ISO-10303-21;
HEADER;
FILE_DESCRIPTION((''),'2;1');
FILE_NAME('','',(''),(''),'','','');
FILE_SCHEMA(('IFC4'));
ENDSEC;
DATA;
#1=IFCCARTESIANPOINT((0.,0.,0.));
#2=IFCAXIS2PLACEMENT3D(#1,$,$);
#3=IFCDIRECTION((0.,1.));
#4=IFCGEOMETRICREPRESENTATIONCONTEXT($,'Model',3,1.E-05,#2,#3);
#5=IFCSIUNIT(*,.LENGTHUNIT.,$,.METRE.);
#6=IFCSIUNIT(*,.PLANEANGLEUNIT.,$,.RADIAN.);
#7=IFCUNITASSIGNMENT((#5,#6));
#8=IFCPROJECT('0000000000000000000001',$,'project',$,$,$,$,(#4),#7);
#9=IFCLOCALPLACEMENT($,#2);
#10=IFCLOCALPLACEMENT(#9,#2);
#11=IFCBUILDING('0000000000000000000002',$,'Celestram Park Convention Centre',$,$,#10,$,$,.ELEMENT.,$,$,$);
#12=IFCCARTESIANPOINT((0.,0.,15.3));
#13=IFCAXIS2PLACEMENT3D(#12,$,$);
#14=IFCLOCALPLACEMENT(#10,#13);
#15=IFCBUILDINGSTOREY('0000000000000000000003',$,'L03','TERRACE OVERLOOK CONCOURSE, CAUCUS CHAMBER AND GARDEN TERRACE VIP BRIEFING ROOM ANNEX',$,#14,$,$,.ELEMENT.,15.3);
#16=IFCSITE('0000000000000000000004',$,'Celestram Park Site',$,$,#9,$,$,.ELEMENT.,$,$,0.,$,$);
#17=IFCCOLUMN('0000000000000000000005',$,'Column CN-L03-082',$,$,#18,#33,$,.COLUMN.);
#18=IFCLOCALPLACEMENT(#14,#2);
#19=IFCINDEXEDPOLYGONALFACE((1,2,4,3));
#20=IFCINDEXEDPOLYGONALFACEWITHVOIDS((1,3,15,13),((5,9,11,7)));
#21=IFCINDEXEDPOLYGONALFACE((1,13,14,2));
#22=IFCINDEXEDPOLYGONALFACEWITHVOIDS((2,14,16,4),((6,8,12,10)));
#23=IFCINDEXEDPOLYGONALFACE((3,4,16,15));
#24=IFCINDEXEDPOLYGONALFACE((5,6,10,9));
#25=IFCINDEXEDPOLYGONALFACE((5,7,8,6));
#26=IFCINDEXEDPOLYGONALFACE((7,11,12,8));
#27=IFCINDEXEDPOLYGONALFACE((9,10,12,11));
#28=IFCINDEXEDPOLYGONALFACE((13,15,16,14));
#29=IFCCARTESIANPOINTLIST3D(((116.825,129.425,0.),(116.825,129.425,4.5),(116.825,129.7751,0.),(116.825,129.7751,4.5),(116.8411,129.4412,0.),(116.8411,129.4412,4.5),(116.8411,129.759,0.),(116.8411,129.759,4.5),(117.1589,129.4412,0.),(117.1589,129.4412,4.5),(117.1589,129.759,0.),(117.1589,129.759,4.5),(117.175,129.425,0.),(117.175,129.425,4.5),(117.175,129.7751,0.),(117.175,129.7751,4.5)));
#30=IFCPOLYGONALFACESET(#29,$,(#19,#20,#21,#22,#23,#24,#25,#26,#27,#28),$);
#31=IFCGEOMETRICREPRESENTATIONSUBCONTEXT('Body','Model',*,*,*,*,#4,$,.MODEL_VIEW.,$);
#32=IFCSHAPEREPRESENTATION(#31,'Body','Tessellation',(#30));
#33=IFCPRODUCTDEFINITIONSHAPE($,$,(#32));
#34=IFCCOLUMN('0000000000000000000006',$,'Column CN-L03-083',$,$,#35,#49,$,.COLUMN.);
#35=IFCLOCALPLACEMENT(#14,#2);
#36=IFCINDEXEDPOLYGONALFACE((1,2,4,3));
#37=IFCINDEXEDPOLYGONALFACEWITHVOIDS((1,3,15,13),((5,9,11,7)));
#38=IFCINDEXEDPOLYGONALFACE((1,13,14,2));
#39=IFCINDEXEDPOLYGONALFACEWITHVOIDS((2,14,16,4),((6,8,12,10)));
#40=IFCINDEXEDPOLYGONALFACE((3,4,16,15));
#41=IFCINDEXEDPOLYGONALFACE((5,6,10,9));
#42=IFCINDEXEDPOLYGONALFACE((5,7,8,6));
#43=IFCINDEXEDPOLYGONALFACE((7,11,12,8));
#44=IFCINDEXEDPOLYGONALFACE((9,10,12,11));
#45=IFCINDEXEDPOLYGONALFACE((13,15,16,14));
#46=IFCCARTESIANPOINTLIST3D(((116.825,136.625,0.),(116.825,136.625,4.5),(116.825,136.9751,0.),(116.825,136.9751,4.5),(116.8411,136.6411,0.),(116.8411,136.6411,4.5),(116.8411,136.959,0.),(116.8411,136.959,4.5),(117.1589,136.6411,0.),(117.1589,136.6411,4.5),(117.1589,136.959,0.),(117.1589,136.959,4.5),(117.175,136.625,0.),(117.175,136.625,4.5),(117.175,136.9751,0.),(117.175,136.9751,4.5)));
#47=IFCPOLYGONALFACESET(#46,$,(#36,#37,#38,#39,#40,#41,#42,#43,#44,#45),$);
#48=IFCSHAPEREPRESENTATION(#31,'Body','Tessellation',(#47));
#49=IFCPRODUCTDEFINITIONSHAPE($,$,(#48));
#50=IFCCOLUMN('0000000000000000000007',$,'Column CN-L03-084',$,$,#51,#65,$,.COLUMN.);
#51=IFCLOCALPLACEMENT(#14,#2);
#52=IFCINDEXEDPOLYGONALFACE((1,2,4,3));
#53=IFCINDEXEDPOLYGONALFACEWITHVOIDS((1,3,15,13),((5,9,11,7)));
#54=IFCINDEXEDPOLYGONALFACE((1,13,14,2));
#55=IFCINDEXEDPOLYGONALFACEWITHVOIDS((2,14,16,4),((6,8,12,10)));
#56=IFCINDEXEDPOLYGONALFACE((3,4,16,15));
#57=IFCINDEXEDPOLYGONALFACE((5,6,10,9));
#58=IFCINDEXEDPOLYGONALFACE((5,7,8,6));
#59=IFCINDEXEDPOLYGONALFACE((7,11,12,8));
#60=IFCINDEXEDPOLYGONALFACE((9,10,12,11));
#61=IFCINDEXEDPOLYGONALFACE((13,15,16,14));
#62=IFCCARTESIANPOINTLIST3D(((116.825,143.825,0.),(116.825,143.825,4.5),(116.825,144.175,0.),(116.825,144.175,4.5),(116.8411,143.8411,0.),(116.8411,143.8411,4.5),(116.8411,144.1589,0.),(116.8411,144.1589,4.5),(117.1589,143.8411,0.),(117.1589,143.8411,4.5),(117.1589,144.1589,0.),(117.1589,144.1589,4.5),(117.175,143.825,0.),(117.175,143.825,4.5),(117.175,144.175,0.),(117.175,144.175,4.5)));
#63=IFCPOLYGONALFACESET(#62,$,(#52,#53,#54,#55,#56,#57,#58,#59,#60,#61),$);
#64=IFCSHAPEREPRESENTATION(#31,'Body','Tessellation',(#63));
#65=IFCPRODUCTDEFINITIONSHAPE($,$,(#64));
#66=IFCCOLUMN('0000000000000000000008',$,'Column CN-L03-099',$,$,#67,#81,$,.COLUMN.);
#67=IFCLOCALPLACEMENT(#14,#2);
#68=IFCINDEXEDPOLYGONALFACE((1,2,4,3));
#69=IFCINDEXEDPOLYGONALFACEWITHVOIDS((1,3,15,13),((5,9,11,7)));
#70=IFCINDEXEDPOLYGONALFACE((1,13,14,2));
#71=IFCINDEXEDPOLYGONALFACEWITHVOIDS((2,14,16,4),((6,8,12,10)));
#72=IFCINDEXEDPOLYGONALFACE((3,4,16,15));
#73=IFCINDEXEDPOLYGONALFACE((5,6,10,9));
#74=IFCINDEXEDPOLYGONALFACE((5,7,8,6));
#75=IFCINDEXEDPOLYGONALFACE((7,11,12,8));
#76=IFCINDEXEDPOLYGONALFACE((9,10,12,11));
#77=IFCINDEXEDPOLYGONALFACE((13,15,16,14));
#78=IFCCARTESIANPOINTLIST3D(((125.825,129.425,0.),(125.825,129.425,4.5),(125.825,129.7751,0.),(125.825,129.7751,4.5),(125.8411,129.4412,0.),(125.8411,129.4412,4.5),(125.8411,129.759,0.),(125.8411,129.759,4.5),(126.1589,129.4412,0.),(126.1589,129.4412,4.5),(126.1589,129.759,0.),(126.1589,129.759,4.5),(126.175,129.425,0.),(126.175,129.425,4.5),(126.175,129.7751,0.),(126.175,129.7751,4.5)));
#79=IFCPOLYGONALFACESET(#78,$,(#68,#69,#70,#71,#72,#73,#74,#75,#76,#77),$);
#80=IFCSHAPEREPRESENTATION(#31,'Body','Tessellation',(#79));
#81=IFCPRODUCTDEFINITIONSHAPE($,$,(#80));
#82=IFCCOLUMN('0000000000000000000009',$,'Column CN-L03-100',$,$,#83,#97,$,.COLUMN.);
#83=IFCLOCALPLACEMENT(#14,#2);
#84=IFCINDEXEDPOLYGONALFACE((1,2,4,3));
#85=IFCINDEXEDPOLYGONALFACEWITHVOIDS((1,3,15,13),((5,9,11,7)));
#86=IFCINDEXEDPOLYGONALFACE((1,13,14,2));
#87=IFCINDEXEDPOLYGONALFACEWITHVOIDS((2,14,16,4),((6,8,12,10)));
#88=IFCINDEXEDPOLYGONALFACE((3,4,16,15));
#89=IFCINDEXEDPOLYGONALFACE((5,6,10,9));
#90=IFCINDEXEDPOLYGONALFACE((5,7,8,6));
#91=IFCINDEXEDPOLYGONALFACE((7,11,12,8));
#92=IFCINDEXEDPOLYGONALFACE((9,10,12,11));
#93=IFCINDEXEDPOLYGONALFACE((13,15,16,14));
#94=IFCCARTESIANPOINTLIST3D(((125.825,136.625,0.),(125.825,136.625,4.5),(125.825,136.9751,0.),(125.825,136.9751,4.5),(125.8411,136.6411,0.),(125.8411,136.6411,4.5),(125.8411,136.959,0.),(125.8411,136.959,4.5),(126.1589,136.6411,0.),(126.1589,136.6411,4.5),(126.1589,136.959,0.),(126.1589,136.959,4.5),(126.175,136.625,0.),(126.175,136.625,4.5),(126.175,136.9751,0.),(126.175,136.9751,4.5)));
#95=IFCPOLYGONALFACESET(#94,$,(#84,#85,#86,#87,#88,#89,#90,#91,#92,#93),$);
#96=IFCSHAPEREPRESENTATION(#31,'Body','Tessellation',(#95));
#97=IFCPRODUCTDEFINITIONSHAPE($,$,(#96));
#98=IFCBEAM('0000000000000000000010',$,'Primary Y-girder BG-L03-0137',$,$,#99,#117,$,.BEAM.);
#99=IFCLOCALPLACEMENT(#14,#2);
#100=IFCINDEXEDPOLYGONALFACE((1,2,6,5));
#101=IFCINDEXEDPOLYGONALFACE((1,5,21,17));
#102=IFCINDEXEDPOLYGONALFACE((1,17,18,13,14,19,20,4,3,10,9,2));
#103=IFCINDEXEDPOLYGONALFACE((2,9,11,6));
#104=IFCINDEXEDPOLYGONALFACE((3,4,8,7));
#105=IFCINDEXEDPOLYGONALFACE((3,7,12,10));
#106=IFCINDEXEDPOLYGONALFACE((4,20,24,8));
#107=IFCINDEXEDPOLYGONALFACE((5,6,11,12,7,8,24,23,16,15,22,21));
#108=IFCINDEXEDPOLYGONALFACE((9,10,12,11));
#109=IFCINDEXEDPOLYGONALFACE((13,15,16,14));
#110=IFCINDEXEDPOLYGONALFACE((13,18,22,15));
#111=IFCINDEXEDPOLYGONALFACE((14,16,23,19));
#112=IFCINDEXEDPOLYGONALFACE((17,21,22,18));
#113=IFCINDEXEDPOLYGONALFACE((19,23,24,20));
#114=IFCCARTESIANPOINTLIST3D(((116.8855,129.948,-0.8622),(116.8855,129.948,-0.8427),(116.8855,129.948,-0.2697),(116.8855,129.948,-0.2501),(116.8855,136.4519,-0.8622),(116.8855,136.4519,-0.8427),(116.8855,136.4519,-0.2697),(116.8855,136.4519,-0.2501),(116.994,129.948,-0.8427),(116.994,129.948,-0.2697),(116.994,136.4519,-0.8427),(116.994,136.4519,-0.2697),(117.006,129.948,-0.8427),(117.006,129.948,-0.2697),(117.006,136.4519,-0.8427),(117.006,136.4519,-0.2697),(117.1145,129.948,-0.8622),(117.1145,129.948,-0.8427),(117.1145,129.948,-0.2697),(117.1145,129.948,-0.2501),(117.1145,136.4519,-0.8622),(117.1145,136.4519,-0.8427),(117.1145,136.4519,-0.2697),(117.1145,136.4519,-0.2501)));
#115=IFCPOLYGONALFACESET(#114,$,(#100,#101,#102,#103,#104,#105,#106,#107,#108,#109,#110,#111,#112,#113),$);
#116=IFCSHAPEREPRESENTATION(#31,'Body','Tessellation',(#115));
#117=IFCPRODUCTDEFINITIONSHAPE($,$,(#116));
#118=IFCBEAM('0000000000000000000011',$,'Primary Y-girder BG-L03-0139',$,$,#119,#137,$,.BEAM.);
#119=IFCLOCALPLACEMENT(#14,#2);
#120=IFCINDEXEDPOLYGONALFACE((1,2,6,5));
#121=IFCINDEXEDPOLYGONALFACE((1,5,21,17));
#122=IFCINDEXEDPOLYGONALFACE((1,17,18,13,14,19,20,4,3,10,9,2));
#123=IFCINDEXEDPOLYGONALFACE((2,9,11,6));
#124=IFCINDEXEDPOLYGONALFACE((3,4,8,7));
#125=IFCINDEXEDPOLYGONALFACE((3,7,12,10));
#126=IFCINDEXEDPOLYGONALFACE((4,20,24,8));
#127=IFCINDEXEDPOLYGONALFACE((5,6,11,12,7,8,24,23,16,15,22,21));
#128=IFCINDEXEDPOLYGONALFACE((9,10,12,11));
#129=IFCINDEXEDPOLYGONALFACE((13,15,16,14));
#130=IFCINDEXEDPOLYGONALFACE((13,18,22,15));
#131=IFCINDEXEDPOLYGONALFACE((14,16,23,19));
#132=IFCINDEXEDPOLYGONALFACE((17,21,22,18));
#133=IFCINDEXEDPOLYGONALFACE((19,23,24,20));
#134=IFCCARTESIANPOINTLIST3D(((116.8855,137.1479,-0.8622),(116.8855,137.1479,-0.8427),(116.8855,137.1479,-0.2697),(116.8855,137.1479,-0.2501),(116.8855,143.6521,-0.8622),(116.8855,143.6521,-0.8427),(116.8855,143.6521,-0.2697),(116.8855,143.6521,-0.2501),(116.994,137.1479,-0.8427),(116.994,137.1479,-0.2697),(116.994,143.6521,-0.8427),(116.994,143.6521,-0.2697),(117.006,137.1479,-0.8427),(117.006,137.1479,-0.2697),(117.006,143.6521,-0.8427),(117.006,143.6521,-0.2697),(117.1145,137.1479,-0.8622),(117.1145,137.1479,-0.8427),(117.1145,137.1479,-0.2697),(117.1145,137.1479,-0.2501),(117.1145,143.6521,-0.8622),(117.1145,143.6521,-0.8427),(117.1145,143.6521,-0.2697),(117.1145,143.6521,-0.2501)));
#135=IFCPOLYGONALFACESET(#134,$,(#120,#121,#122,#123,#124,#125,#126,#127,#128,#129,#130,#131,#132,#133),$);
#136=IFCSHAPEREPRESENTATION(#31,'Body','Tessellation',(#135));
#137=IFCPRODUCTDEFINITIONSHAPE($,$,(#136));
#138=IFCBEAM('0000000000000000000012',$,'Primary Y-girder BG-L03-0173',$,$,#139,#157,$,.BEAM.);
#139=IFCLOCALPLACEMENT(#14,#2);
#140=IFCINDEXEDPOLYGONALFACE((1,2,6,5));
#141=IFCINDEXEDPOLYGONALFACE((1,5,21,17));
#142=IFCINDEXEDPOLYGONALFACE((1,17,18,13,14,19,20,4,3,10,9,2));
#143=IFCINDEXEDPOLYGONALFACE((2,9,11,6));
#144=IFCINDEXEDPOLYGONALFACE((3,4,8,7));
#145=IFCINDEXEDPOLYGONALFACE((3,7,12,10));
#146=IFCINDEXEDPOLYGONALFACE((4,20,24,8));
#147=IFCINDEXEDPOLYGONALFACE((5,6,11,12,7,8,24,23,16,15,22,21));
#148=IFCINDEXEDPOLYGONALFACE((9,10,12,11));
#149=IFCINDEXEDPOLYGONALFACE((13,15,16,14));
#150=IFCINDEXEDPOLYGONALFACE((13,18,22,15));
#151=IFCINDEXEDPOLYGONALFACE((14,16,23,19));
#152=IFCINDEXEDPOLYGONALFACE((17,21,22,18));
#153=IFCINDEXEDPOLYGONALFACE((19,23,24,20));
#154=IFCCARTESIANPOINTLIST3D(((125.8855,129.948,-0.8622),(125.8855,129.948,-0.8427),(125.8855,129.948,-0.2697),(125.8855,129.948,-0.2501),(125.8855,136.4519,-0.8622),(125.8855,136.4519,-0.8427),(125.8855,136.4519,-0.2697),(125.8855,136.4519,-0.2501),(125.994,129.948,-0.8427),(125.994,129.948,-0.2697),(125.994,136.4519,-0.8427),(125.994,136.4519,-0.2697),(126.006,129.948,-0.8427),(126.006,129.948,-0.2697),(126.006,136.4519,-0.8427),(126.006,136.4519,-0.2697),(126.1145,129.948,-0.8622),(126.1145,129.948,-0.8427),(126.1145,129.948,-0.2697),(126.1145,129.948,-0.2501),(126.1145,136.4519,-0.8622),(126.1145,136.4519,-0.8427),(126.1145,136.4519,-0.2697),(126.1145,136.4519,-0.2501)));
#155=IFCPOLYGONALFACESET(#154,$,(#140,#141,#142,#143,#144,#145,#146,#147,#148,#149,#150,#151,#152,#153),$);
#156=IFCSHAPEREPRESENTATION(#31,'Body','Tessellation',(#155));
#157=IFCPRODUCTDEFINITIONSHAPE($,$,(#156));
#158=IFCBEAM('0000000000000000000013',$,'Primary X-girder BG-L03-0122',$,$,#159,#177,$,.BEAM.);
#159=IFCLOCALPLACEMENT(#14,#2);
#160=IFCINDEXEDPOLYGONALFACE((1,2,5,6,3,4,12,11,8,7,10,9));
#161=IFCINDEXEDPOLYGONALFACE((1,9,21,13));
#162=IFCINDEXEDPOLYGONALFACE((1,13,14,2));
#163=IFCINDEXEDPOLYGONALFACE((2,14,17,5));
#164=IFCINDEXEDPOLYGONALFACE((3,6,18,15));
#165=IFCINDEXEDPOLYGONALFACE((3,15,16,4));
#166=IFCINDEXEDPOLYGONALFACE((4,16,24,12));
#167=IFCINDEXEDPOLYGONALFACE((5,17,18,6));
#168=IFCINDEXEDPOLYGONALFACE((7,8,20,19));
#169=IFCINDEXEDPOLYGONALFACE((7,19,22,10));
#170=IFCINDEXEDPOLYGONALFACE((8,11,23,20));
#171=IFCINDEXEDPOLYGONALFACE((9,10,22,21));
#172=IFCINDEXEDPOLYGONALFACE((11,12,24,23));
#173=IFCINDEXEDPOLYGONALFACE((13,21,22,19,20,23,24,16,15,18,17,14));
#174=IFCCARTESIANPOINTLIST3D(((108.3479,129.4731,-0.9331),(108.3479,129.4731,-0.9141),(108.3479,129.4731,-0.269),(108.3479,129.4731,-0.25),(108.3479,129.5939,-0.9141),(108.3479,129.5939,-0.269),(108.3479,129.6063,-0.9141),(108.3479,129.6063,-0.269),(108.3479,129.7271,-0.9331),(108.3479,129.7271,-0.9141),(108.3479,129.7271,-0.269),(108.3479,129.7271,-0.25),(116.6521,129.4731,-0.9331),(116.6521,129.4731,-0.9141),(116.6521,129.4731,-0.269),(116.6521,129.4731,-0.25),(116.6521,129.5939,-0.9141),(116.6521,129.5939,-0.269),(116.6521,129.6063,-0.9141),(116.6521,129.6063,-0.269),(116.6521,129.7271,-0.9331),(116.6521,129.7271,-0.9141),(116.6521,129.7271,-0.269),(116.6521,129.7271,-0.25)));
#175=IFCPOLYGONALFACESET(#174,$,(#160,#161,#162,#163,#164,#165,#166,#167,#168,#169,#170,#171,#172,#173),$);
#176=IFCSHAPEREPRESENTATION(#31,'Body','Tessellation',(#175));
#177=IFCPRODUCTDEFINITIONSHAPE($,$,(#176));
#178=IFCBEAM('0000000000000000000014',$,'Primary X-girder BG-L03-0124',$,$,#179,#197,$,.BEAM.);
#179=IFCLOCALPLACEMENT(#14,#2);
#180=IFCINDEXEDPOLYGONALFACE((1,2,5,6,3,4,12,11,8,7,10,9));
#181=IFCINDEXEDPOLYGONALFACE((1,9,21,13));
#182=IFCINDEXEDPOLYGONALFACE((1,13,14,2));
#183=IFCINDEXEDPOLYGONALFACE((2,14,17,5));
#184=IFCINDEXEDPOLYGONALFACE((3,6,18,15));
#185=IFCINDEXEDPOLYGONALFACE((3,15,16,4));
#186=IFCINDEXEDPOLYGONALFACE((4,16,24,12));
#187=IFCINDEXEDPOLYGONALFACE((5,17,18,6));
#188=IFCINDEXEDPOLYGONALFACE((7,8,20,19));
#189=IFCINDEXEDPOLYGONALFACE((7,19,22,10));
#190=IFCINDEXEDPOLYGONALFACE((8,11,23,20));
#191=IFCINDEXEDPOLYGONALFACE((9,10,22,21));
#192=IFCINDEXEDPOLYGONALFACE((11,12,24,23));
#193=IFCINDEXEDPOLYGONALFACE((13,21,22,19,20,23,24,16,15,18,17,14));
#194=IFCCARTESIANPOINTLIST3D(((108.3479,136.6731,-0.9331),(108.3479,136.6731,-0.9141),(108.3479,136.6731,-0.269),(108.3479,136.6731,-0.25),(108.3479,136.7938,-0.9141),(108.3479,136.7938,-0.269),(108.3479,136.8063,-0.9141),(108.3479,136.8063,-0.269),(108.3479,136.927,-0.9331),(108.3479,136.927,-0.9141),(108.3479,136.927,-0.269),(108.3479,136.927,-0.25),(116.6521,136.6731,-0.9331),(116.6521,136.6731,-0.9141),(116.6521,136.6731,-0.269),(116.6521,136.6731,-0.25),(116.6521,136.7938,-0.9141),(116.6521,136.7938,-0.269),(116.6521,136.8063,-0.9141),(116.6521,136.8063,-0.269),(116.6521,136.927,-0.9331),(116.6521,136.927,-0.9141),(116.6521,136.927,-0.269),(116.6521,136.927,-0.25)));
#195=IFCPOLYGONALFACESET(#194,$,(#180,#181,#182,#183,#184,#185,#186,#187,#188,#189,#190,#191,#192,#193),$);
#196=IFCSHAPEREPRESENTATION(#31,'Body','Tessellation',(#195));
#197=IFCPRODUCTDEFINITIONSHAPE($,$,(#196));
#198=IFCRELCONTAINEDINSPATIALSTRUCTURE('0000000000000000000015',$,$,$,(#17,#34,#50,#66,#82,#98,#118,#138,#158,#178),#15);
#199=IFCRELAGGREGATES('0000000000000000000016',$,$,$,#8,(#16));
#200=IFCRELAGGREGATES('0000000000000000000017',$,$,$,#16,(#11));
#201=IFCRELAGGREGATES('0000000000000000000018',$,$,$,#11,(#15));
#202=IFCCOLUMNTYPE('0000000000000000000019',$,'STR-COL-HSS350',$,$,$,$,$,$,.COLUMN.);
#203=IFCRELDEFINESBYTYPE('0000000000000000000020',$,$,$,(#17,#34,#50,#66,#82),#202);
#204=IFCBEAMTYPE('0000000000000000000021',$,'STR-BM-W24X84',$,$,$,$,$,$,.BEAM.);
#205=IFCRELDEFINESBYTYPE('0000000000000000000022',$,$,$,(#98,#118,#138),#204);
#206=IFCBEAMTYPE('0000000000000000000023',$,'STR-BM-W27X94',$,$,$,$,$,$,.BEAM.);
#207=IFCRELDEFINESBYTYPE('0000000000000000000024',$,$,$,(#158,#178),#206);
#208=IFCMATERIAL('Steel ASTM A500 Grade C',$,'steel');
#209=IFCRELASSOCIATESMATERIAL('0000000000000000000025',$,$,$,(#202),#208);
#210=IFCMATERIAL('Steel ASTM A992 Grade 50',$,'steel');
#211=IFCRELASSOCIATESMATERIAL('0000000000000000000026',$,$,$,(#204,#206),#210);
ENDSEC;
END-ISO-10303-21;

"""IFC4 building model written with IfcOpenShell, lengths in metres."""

from ifc_helpers import new_model, si_unit, direction, frame, origin, origin_2d, place, context, subcontext, project, spatial, hollow_rectangle, i_section, extrude, material, material_profile, profile_set, type_object, element, save


model = new_model("IFC4")

# Units and contexts
model_context = context("Model", 3, precision=1e-05, world=origin(), true_north=direction((0.0, 1.0)))
body_context = subcontext(model_context, "Body", "Model", "MODEL_VIEW")
ifc_project = project(units=[si_unit("LENGTHUNIT", "METRE"), si_unit("PLANEANGLEUNIT", "RADIAN")], contexts=[model_context])

# Site, building, storey
site_placement = place(None, origin())
site = spatial("IfcSite", under=ifc_project, at=site_placement, Name="Celestram Park Site", CompositionType="ELEMENT", RefElevation=0.0)
building_placement = place(site_placement, origin())
building = spatial("IfcBuilding", under=site, at=building_placement, Name="Celestram Park Convention Centre", CompositionType="ELEMENT")
storey_placement = place(building_placement, frame((0.0, 0.0, 15.3)))
storey = spatial("IfcBuildingStorey", under=building, at=storey_placement, Name="L03", Description="TERRACE OVERLOOK CONCOURSE, CAUCUS CHAMBER AND GARDEN TERRACE VIP BRIEFING ROOM ANNEX", CompositionType="ELEMENT", Elevation=15.3)

# Columns
ifc_material_1 = material(Name="Steel ASTM A500 Grade C", Category="steel")
ifc_material_profile_1 = material_profile(ifc_material_1, hollow_rectangle(XDim=0.3501, YDim=0.3501, WallThickness=0.0161, at=origin_2d()), Name="HSS350X350X16")
ifc_profile_set_1 = profile_set([ifc_material_profile_1], Name="Steel ASTM A500 Grade C")
column_type = type_object("IfcColumnType", Name="STR-COL-HSS350", PredefinedType="COLUMN", material=ifc_profile_set_1)
for number, where, z_axis, x_axis, name in (
    (1, (117.0, 129.6001, 0.0), (0.0, 0.0, 1.0), (1.0, 0.0, 0.0), "Column CN-L03-082"),
    (2, (117.0, 136.8, 0.0), (0.0, 0.0, 1.0), (1.0, 0.0, 0.0), "Column CN-L03-083"),
    (3, (117.0, 144.0, 0.0), (0.0, 0.0, 1.0), (1.0, 0.0, 0.0), "Column CN-L03-084"),
    (4, (126.0, 129.6001, 0.0), (0.0, 0.0, 1.0), (1.0, 0.0, 0.0), "Column CN-L03-099"),
    (5, (126.0, 136.8, 0.0), (0.0, 0.0, 1.0), (1.0, 0.0, 0.0), "Column CN-L03-100"),
):
    element("IfcColumn", number, at=place(storey_placement, frame(where, z_axis=z_axis, x_axis=x_axis)), inside=storey, type_object=column_type, Name=name, PredefinedType="COLUMN", context=body_context, shape_type="SweptSolid", body=[
        extrude(hollow_rectangle(XDim=0.3501, YDim=0.3501, WallThickness=0.0161, at=origin_2d()), origin(), (0.0, 0.0, 1.0), 4.5),
    ])

# Beams
ifc_material_2 = material(Name="Steel ASTM A992 Grade 50", Category="steel")
ifc_material_profile_2 = material_profile(ifc_material_2, i_section(OverallWidth=0.229, OverallDepth=0.6121, WebThickness=0.012, FlangeThickness=0.0195, at=origin_2d()), Name="W24X84")
ifc_profile_set_2 = profile_set([ifc_material_profile_2], Name="Steel ASTM A992 Grade 50")
beam_type_1 = type_object("IfcBeamType", Name="STR-BM-W24X84", PredefinedType="BEAM", material=ifc_profile_set_2)
beam_1_placement = place(storey_placement, frame((117.0, 129.948, -0.5562), z_axis=(0.0, 1.0, 0.0), x_axis=(-1.0, 0.0, 0.0)))
element("IfcBeam", 6, at=beam_1_placement, inside=storey, type_object=beam_type_1, Name="Primary Y-girder BG-L03-0137", PredefinedType="BEAM", context=body_context, shape_type="SweptSolid", body=[
    extrude(i_section(OverallWidth=0.229, OverallDepth=0.6121, WebThickness=0.012, FlangeThickness=0.0195, at=origin_2d()), origin(), (0.0, 0.0, 1.0), 6.5039),
])
beam_2_placement = place(storey_placement, frame((117.0, 137.1479, -0.5562), z_axis=(0.0, 1.0, 0.0), x_axis=(-1.0, 0.0, 0.0)))
element("IfcBeam", 7, at=beam_2_placement, inside=storey, type_object=beam_type_1, Name="Primary Y-girder BG-L03-0139", PredefinedType="BEAM", context=body_context, shape_type="SweptSolid", body=[
    extrude(i_section(OverallWidth=0.229, OverallDepth=0.6121, WebThickness=0.012, FlangeThickness=0.0195, at=origin_2d()), origin(), (0.0, 0.0, 1.0), 6.5042),
])
beam_3_placement = place(storey_placement, frame((126.0, 129.948, -0.5562), z_axis=(0.0, 1.0, 0.0), x_axis=(-1.0, 0.0, 0.0)))
element("IfcBeam", 8, at=beam_3_placement, inside=storey, type_object=beam_type_1, Name="Primary Y-girder BG-L03-0173", PredefinedType="BEAM", context=body_context, shape_type="SweptSolid", body=[
    extrude(i_section(OverallWidth=0.229, OverallDepth=0.6121, WebThickness=0.012, FlangeThickness=0.0195, at=origin_2d()), origin(), (0.0, 0.0, 1.0), 6.5039),
])
ifc_material_profile_3 = material_profile(ifc_material_2, i_section(OverallWidth=0.2539, OverallDepth=0.6831, WebThickness=0.0125, FlangeThickness=0.019, at=origin_2d()), Name="W27X94")
ifc_profile_set_3 = profile_set([ifc_material_profile_3], Name="Steel ASTM A992 Grade 50")
beam_type_2 = type_object("IfcBeamType", Name="STR-BM-W27X94", PredefinedType="BEAM", material=ifc_profile_set_3)
for number, where, z_axis, x_axis, name in (
    (9, (108.3479, 129.6001, -0.5916), (1.0, 0.0, 0.0), (0.0, 1.0, 0.0), "Primary X-girder BG-L03-0122"),
    (10, (108.3479, 136.8, -0.5916), (1.0, 0.0, 0.0), (0.0, 1.0, 0.0), "Primary X-girder BG-L03-0124"),
):
    element("IfcBeam", number, at=place(storey_placement, frame(where, z_axis=z_axis, x_axis=x_axis)), inside=storey, type_object=beam_type_2, Name=name, PredefinedType="BEAM", context=body_context, shape_type="SweptSolid", body=[
        extrude(i_section(OverallWidth=0.2539, OverallDepth=0.6831, WebThickness=0.0125, FlangeThickness=0.019, at=origin_2d()), origin(), (0.0, 0.0, 1.0), 8.3042),
    ])

save(model, "model.ifc")
